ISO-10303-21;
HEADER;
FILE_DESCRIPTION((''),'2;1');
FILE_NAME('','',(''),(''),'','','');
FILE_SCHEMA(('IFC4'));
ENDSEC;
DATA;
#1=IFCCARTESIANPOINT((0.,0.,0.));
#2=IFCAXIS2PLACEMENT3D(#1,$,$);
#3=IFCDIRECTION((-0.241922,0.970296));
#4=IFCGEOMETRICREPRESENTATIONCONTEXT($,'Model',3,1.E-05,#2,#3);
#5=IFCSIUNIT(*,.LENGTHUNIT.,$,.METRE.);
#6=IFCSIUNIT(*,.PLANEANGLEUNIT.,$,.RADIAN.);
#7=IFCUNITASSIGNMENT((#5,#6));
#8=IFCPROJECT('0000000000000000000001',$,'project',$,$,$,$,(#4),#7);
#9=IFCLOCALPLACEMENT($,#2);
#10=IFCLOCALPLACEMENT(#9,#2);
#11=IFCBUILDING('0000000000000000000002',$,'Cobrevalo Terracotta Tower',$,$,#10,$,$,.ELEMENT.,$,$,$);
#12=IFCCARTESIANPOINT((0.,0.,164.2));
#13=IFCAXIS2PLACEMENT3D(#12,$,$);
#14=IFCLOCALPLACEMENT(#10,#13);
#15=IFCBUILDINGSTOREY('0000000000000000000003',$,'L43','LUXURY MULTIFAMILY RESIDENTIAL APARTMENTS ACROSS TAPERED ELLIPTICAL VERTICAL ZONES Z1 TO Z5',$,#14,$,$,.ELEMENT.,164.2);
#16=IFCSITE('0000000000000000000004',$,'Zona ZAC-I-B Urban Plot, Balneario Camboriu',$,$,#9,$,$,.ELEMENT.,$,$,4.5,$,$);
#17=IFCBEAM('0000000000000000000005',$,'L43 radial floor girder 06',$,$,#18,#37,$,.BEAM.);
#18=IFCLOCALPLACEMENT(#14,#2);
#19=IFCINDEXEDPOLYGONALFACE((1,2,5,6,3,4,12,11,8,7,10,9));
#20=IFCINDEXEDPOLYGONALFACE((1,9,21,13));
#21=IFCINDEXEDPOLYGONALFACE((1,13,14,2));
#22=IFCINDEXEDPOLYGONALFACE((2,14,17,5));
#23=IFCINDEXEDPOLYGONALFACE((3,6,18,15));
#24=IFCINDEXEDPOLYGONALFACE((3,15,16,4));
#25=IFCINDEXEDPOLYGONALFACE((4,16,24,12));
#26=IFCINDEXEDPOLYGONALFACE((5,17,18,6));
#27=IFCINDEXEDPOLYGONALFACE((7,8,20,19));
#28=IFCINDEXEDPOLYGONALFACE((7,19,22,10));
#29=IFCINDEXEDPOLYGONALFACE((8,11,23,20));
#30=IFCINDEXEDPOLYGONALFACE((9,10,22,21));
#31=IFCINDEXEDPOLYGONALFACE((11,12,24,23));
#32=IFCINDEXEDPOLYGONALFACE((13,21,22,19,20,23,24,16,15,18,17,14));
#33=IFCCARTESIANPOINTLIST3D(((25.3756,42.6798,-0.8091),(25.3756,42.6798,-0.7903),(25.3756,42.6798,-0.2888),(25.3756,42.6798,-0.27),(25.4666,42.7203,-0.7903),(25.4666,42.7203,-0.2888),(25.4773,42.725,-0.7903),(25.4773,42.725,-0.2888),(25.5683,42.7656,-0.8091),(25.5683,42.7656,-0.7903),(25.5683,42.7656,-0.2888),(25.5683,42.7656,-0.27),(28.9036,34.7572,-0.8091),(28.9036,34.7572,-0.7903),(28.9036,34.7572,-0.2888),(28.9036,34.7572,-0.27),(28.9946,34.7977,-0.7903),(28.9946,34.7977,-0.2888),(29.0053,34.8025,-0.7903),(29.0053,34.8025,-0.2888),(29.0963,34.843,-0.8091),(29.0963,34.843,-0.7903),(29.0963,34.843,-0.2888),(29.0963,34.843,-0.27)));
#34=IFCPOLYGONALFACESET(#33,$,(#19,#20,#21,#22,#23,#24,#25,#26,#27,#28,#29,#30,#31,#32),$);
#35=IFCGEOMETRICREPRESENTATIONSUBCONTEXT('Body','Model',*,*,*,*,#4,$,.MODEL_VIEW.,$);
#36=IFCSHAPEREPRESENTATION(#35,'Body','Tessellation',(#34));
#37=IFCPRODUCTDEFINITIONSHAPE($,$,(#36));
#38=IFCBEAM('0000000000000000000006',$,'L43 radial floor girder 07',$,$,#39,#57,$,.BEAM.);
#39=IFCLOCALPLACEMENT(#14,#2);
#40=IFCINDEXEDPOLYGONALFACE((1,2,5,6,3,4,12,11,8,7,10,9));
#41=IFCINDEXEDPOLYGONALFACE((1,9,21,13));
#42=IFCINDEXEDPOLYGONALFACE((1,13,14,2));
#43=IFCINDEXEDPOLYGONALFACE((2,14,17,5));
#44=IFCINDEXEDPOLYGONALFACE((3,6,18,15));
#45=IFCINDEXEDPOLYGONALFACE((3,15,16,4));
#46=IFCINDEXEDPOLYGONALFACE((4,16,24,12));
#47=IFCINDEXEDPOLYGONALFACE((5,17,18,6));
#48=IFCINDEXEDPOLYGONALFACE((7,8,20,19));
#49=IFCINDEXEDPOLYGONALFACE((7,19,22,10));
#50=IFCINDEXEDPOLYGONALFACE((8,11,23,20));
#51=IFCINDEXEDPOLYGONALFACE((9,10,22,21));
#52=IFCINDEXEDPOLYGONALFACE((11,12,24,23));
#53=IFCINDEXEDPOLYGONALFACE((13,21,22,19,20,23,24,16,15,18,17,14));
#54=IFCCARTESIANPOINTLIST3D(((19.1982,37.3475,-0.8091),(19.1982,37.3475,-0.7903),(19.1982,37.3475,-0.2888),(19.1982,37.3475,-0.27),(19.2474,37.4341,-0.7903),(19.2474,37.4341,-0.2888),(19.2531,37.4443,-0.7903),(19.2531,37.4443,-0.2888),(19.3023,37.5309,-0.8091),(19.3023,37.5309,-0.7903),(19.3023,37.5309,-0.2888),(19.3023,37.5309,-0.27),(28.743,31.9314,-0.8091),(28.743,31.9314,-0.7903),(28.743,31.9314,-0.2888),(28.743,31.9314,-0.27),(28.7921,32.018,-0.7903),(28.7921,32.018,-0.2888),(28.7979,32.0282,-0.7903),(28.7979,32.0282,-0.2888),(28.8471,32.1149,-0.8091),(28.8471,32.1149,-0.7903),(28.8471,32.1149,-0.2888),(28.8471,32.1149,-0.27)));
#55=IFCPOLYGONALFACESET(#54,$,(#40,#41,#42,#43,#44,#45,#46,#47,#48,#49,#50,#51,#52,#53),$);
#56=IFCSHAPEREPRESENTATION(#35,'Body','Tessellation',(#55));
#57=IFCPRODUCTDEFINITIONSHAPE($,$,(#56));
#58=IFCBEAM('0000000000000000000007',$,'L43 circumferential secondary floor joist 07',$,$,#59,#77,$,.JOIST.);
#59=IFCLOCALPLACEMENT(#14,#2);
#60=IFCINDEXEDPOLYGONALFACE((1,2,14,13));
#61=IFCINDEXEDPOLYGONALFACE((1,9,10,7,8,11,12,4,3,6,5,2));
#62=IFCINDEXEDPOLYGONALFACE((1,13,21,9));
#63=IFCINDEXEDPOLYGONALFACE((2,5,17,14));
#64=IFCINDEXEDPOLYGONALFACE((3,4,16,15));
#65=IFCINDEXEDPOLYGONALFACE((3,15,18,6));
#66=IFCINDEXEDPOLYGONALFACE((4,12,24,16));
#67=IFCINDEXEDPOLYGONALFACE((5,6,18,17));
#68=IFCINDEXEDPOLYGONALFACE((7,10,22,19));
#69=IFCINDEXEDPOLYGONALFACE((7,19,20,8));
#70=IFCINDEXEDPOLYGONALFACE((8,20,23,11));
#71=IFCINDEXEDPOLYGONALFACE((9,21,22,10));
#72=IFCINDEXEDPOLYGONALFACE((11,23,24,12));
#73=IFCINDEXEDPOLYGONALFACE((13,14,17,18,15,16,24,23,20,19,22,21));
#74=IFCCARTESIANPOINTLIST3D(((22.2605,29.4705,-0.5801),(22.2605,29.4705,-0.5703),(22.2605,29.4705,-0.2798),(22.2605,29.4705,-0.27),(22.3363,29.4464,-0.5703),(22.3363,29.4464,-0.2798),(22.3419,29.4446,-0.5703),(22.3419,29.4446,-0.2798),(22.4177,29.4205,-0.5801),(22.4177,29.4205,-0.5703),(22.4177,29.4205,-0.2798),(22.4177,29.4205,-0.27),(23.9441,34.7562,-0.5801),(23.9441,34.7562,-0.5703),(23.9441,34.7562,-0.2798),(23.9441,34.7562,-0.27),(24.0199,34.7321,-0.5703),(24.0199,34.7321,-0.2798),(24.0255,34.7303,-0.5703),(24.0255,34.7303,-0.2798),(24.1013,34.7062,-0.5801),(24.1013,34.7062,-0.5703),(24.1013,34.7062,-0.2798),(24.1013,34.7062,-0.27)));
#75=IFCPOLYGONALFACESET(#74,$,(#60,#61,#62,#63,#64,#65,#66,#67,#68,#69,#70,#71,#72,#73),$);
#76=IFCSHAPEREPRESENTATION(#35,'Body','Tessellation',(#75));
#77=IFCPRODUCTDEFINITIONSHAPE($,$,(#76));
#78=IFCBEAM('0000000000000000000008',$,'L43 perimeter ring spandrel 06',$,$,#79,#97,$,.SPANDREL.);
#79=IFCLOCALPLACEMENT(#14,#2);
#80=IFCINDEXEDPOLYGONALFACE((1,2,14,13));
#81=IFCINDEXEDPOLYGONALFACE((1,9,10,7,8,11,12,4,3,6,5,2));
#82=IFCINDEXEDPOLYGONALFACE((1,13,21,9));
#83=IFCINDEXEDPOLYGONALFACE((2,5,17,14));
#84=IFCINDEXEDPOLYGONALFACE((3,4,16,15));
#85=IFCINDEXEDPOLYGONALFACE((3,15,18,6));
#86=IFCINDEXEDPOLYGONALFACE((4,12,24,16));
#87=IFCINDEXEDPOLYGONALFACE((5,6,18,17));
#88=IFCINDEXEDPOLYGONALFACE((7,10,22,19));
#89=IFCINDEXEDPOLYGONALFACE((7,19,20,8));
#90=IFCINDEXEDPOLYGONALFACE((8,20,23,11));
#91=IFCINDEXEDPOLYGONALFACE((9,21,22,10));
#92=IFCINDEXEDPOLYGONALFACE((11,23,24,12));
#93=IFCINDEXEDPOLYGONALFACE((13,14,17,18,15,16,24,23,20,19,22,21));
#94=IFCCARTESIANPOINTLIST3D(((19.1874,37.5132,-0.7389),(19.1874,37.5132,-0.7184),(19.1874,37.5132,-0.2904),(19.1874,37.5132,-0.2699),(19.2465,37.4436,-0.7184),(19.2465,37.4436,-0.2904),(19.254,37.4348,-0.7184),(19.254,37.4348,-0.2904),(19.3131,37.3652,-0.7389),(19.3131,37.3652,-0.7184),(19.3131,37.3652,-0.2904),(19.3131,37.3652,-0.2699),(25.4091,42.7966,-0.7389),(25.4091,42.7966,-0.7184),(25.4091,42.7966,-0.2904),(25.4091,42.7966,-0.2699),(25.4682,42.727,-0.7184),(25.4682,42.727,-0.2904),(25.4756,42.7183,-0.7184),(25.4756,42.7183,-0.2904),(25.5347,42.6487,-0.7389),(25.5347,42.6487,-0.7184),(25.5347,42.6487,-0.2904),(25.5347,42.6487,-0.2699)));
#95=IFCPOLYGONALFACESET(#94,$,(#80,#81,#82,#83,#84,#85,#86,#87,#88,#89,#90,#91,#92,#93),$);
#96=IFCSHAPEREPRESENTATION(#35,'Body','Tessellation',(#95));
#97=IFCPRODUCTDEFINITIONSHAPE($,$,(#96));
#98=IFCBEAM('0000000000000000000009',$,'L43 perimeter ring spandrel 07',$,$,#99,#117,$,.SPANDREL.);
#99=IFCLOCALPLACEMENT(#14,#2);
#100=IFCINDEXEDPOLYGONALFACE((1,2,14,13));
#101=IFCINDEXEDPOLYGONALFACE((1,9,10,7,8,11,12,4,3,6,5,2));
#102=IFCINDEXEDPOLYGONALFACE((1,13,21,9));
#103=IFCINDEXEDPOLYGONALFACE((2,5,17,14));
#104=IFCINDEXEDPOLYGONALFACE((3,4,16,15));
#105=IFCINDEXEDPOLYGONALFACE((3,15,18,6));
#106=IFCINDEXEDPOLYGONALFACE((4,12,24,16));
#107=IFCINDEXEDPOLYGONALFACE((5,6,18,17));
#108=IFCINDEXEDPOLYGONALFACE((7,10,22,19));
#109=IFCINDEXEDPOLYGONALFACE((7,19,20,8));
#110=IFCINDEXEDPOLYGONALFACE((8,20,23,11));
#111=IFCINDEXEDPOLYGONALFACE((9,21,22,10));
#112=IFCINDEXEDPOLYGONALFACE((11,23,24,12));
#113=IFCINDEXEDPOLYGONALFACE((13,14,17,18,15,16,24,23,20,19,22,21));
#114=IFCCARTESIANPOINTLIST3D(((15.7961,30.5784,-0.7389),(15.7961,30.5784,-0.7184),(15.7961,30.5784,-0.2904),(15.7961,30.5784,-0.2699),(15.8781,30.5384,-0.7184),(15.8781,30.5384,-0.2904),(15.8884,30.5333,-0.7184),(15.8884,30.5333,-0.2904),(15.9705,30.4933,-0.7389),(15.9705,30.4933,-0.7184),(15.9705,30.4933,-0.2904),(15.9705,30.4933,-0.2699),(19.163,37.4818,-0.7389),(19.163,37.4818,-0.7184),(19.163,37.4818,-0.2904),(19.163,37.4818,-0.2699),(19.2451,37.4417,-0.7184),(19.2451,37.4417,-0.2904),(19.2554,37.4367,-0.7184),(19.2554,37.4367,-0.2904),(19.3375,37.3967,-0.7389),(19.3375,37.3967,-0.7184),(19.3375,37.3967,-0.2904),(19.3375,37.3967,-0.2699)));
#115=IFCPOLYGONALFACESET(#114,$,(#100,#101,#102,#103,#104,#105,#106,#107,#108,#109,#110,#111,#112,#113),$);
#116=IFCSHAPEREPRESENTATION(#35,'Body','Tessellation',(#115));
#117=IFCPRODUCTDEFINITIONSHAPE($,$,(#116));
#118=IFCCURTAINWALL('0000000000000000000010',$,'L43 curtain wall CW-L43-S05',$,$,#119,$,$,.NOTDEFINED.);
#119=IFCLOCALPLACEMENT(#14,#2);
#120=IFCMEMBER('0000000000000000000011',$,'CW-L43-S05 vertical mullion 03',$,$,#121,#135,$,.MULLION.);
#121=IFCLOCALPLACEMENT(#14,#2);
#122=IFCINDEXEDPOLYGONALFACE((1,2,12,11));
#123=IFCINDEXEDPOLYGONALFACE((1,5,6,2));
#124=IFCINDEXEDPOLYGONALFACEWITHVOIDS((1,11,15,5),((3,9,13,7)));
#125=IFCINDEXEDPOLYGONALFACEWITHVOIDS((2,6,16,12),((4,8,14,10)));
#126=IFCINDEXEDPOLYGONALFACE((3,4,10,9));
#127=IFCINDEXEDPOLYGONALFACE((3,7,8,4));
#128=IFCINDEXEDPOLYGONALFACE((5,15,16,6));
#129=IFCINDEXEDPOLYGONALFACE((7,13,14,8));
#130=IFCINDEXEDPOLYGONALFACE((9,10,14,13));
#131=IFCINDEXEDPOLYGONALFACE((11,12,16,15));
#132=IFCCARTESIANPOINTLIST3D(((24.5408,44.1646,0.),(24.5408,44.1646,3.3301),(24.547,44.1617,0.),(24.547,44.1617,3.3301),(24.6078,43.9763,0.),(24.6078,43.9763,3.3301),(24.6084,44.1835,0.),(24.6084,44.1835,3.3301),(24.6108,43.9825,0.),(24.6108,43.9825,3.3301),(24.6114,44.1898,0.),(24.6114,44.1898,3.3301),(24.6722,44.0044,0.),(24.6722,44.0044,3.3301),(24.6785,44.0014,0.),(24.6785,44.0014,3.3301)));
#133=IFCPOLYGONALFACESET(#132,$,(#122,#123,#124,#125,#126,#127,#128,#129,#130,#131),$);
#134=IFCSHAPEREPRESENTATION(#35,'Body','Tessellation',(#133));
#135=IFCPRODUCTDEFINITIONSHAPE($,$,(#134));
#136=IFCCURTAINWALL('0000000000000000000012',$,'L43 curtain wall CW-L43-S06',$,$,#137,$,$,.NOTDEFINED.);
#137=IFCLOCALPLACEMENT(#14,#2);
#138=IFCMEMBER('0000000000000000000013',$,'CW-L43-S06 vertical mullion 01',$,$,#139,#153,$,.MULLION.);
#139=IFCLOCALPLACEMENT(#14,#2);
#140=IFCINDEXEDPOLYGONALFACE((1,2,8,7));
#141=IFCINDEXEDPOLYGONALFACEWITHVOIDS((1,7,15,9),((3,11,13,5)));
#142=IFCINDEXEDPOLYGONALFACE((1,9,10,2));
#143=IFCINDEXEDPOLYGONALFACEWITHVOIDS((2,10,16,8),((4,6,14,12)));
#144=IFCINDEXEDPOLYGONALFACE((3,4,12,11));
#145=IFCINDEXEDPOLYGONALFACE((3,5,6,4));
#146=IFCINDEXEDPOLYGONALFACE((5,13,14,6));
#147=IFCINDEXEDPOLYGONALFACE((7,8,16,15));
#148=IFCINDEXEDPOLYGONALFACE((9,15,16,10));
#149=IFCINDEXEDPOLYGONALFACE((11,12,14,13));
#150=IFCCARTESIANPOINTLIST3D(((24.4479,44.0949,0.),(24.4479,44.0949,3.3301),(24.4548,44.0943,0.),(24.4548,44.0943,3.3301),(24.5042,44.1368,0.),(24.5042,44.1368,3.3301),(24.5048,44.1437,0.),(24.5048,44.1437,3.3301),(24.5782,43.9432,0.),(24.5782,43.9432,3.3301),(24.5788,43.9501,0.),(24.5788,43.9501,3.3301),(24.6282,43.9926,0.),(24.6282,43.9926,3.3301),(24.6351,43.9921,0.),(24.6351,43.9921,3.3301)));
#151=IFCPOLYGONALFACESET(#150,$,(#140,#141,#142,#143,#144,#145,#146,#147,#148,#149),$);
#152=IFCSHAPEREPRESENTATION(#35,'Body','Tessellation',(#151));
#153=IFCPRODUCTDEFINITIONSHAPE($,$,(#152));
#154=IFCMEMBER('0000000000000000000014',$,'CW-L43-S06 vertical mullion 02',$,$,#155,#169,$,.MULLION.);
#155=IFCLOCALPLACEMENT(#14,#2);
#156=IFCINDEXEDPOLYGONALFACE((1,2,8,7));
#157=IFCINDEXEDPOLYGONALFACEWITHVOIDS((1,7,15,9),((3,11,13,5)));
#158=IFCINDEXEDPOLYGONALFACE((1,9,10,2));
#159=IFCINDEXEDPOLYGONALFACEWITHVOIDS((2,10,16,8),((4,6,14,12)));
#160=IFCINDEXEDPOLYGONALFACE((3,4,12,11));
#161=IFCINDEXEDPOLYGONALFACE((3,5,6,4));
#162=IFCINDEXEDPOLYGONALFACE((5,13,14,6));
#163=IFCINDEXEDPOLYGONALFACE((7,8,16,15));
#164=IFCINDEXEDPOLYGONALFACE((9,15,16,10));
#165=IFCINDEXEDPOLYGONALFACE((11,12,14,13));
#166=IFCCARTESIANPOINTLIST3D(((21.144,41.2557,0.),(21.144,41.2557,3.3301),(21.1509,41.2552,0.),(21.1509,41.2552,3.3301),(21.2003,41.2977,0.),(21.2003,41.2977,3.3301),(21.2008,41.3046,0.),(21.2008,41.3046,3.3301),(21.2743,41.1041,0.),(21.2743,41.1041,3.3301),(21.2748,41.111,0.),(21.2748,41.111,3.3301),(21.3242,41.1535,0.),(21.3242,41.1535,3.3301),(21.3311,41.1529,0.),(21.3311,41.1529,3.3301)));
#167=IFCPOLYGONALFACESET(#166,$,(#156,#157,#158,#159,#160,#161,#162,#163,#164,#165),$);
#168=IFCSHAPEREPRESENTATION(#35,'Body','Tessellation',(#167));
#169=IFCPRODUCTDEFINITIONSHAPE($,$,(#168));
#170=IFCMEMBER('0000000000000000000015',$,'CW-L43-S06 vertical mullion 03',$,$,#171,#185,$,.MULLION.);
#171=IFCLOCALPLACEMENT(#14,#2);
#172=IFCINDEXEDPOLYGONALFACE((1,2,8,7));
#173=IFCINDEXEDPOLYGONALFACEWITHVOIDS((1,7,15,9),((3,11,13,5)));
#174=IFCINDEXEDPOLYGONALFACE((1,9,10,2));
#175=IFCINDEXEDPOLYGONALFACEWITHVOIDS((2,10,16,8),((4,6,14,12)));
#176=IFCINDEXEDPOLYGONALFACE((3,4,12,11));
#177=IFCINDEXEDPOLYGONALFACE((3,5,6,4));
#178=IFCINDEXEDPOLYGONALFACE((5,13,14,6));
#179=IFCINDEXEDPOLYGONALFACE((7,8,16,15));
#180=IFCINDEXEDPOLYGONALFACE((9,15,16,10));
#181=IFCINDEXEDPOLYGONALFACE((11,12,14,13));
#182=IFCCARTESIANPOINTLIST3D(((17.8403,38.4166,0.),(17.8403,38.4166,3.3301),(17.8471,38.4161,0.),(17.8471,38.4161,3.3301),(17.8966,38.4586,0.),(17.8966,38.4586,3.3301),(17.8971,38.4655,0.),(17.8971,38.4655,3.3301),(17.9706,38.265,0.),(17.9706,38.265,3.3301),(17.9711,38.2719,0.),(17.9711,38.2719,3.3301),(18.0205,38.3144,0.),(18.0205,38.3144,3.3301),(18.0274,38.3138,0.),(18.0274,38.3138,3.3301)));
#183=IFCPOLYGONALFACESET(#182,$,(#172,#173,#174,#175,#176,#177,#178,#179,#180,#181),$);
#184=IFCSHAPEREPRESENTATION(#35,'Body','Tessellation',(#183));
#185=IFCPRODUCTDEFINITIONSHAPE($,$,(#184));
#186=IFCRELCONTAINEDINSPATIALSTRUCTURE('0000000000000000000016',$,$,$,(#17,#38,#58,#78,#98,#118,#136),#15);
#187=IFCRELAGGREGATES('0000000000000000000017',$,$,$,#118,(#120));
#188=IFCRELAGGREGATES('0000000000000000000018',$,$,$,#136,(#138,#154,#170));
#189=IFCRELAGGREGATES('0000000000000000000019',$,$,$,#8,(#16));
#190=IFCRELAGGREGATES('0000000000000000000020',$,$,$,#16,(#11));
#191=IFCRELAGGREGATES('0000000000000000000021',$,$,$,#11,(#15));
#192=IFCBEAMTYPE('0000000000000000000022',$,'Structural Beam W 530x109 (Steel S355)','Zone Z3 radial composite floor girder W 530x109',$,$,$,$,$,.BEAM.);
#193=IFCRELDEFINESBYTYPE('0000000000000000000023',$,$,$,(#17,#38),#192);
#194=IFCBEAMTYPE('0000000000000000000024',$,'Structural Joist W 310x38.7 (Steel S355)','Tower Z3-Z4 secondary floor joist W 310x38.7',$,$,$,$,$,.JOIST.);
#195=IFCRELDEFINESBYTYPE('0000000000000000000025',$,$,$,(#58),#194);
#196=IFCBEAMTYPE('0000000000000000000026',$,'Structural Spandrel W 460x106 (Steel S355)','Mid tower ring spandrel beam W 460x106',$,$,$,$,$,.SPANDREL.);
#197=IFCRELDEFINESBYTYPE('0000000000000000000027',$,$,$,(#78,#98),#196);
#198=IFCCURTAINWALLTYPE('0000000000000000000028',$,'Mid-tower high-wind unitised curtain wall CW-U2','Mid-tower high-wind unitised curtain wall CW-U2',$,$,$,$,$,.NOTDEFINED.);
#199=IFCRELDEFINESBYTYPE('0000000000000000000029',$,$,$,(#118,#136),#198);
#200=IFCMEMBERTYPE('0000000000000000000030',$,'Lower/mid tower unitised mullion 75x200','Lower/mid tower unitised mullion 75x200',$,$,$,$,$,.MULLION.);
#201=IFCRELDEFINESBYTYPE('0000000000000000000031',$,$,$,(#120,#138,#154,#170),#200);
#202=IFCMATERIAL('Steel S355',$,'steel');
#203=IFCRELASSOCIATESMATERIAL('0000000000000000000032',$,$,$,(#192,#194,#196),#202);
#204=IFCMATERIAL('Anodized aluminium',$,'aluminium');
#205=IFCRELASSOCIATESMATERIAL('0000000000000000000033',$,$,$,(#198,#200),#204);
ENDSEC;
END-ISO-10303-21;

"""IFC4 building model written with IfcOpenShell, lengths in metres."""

from ifc_helpers import new_model, si_unit, direction, frame, origin, origin_2d, place, context, subcontext, project, spatial, hollow_rectangle, i_section, extrude, source, transform, mapped, material, material_profile, profile_set, type_object, element, aggregate, save


model = new_model("IFC4")

# Units and contexts
model_context = context("Model", 3, precision=1e-05, world=origin(), true_north=direction((-0.241922, 0.970296)))
body_context = subcontext(model_context, "Body", "Model", "MODEL_VIEW")
ifc_project = project(units=[si_unit("LENGTHUNIT", "METRE"), si_unit("PLANEANGLEUNIT", "RADIAN")], contexts=[model_context])

# Site, building, storey
site_placement = place(None, origin())
site = spatial("IfcSite", under=ifc_project, at=site_placement, Name="Zona ZAC-I-B Urban Plot, Balneario Camboriu", CompositionType="ELEMENT", RefElevation=4.5)
building_placement = place(site_placement, origin())
building = spatial("IfcBuilding", under=site, at=building_placement, Name="Cobrevalo Terracotta Tower", CompositionType="ELEMENT")
storey_placement = place(building_placement, frame((0.0, 0.0, 164.2)))
storey = spatial("IfcBuildingStorey", under=building, at=storey_placement, Name="L43", Description="LUXURY MULTIFAMILY RESIDENTIAL APARTMENTS ACROSS TAPERED ELLIPTICAL VERTICAL ZONES Z1 TO Z5", CompositionType="ELEMENT", Elevation=164.2)

# Shared definitions
ifc_material_1 = material(Name="Steel S355", Category="steel")

# Beams
ifc_material_profile_1 = material_profile(ifc_material_1, i_section(OverallWidth=0.2109, OverallDepth=0.5391, WebThickness=0.0117, FlangeThickness=0.0188, at=origin_2d()), Name="W 530x109")
ifc_profile_set_1 = profile_set([ifc_material_profile_1], Name="Steel S355")
beam_type_1 = type_object("IfcBeamType", Name="Structural Beam W 530x109 (Steel S355)", Description="Zone Z3 radial composite floor girder W 530x109", PredefinedType="BEAM", material=ifc_profile_set_1)
beam_1_placement = place(storey_placement, frame((25.4719, 42.7227, -0.5396), z_axis=(0.406804, -0.913515, 0.0), x_axis=(0.913515, 0.406804, 0.0)))
element("IfcBeam", 1, at=beam_1_placement, inside=storey, type_object=beam_type_1, Name="L43 radial floor girder 06", PredefinedType="BEAM", context=body_context, shape_type="SweptSolid", body=[
    extrude(i_section(OverallWidth=0.2109, OverallDepth=0.5391, WebThickness=0.0117, FlangeThickness=0.0188, at=origin_2d()), origin(), (0.0, 0.0, 1.0), 8.6726),
])
beam_2_placement = place(storey_placement, frame((19.2502, 37.4392, -0.5396), z_axis=(0.869734, -0.49352, 0.0), x_axis=(0.49352, 0.869734, 0.0)))
element("IfcBeam", 2, at=beam_2_placement, inside=storey, type_object=beam_type_1, Name="L43 radial floor girder 07", PredefinedType="BEAM", context=body_context, shape_type="SweptSolid", body=[
    extrude(i_section(OverallWidth=0.2109, OverallDepth=0.5391, WebThickness=0.0117, FlangeThickness=0.0188, at=origin_2d()), origin(), (0.0, 0.0, 1.0), 10.9744),
])
ifc_material_profile_2 = material_profile(ifc_material_1, i_section(OverallWidth=0.165, OverallDepth=0.3101, WebThickness=0.0059, FlangeThickness=0.0098, at=origin_2d()), Name="W 310x38.7")
ifc_profile_set_2 = profile_set([ifc_material_profile_2], Name="Steel S355")
beam_type_2 = type_object("IfcBeamType", Name="Structural Joist W 310x38.7 (Steel S355)", Description="Tower Z3-Z4 secondary floor joist W 310x38.7", PredefinedType="JOIST", material=ifc_profile_set_2)
beam_3_placement = place(storey_placement, frame((24.0227, 34.7312, -0.425), z_axis=(-0.303498, -0.952832, 0.0), x_axis=(0.952832, -0.303498, 0.0)))
element("IfcBeam", 3, at=beam_3_placement, inside=storey, type_object=beam_type_2, Name="L43 circumferential secondary floor joist 07", PredefinedType="JOIST", context=body_context, shape_type="SweptSolid", body=[
    extrude(i_section(OverallWidth=0.165, OverallDepth=0.3101, WebThickness=0.0059, FlangeThickness=0.0098, at=origin_2d()), origin(), (0.0, 0.0, 1.0), 5.5474),
])
ifc_material_profile_3 = material_profile(ifc_material_1, i_section(OverallWidth=0.1941, OverallDepth=0.469, WebThickness=0.0115, FlangeThickness=0.0205, at=origin_2d()), Name="W 460x106")
ifc_profile_set_3 = profile_set([ifc_material_profile_3], Name="Steel S355")
beam_type_3 = type_object("IfcBeamType", Name="Structural Spandrel W 460x106 (Steel S355)", Description="Mid tower ring spandrel beam W 460x106", PredefinedType="SPANDREL", material=ifc_profile_set_3)
beam_4_placement = place(storey_placement, frame((25.4719, 42.7227, -0.5044), z_axis=(-0.76224, -0.647294, 0.0), x_axis=(0.647294, -0.76224, 0.0)))
element("IfcBeam", 4, at=beam_4_placement, inside=storey, type_object=beam_type_3, Name="L43 perimeter ring spandrel 06", PredefinedType="SPANDREL", context=body_context, shape_type="SweptSolid", body=[
    extrude(i_section(OverallWidth=0.1941, OverallDepth=0.469, WebThickness=0.0115, FlangeThickness=0.0205, at=origin_2d()), origin(), (0.0, 0.0, 1.0), 8.1624),
])
beam_5_placement = place(storey_placement, frame((19.2502, 37.4392, -0.5044), z_axis=(-0.438368, -0.898796, 0.0), x_axis=(0.898796, -0.438368, 0.0)))
element("IfcBeam", 5, at=beam_5_placement, inside=storey, type_object=beam_type_3, Name="L43 perimeter ring spandrel 07", PredefinedType="SPANDREL", context=body_context, shape_type="SweptSolid", body=[
    extrude(i_section(OverallWidth=0.1941, OverallDepth=0.469, WebThickness=0.0115, FlangeThickness=0.0205, at=origin_2d()), origin(), (0.0, 0.0, 1.0), 7.6807),
])

# Curtain wall, member
ifc_material_2 = material(Name="Anodized aluminium", Category="aluminium")
curtain_wall_type = type_object("IfcCurtainWallType", Name="Mid-tower high-wind unitised curtain wall CW-U2", Description="Mid-tower high-wind unitised curtain wall CW-U2", PredefinedType="NOTDEFINED", material=ifc_material_2)
curtain_wall_1_placement = place(storey_placement, origin())
curtain_wall_1 = element("IfcCurtainWall", 6, at=curtain_wall_1_placement, inside=storey, type_object=curtain_wall_type, Name="L43 curtain wall CW-L43-S05", PredefinedType="NOTDEFINED")
ifc_material_profile_4 = material_profile(ifc_material_2, hollow_rectangle(XDim=0.075, YDim=0.2, WallThickness=0.0049, at=origin_2d()), Name="CWM 75x200")
ifc_profile_set_4 = profile_set([ifc_material_profile_4], Name="Anodized aluminium")
member_type_1 = type_object("IfcMemberType", Name="Lower/mid tower unitised mullion 75x200", Description="Lower/mid tower unitised mullion 75x200", PredefinedType="MULLION", material=ifc_profile_set_4)
shared_shape_1 = source(origin(), body_context, "Body", "SweptSolid", [
    extrude(hollow_rectangle(XDim=0.075, YDim=0.2, WallThickness=0.0049, at=origin_2d()), origin(), (0.0, 0.0, 1.0), 3.3301),
])
member_1_placement = place(storey_placement, frame((24.6096, 44.083, 0.0), z_axis=(0.0, 0.0, 1.0), x_axis=(-0.942098, -0.335336, 0.0)))
member_1 = element("IfcMember", 7, at=member_1_placement, type_object=member_type_1, Name="CW-L43-S05 vertical mullion 03", PredefinedType="MULLION", context=body_context, shape_type="MappedRepresentation", body=[
    mapped(shared_shape_1, transform((0.0, 0.0, 0.0), scale=1.0)),
])
aggregate(curtain_wall_1, [member_1])

# Curtain wall, members
curtain_wall_2_placement = place(storey_placement, origin())
curtain_wall_2 = element("IfcCurtainWall", 8, at=curtain_wall_2_placement, inside=storey, type_object=curtain_wall_type, Name="L43 curtain wall CW-L43-S06", PredefinedType="NOTDEFINED")
member_2_placement = place(storey_placement, frame((24.5415, 44.0435, 0.0), z_axis=(0.0, 0.0, 1.0), x_axis=(-0.758442, -0.651741, 0.0)))
member_2 = element("IfcMember", 9, at=member_2_placement, type_object=member_type_1, Name="CW-L43-S06 vertical mullion 01", PredefinedType="MULLION", context=body_context, shape_type="MappedRepresentation", body=[
    mapped(shared_shape_1, transform((0.0, 0.0, 0.0), scale=1.0)),
])
member_3_placement = place(storey_placement, frame((21.2375, 41.2043, 0.0), z_axis=(0.0, 0.0, 1.0), x_axis=(-0.758442, -0.651741, 0.0)))
member_3 = element("IfcMember", 10, at=member_3_placement, type_object=member_type_1, Name="CW-L43-S06 vertical mullion 02", PredefinedType="MULLION", context=body_context, shape_type="MappedRepresentation", body=[
    mapped(shared_shape_1, transform((0.0, 0.0, 0.0), scale=1.0)),
])
member_4_placement = place(storey_placement, frame((17.9338, 38.3652, 0.0), z_axis=(0.0, 0.0, 1.0), x_axis=(-0.758442, -0.651741, 0.0)))
member_4 = element("IfcMember", 11, at=member_4_placement, type_object=member_type_1, Name="CW-L43-S06 vertical mullion 03", PredefinedType="MULLION", context=body_context, shape_type="MappedRepresentation", body=[
    mapped(shared_shape_1, transform((0.0, 0.0, 0.0), scale=1.0)),
])
aggregate(curtain_wall_2, [member_2, member_3, member_4])

save(model, "model.ifc")
